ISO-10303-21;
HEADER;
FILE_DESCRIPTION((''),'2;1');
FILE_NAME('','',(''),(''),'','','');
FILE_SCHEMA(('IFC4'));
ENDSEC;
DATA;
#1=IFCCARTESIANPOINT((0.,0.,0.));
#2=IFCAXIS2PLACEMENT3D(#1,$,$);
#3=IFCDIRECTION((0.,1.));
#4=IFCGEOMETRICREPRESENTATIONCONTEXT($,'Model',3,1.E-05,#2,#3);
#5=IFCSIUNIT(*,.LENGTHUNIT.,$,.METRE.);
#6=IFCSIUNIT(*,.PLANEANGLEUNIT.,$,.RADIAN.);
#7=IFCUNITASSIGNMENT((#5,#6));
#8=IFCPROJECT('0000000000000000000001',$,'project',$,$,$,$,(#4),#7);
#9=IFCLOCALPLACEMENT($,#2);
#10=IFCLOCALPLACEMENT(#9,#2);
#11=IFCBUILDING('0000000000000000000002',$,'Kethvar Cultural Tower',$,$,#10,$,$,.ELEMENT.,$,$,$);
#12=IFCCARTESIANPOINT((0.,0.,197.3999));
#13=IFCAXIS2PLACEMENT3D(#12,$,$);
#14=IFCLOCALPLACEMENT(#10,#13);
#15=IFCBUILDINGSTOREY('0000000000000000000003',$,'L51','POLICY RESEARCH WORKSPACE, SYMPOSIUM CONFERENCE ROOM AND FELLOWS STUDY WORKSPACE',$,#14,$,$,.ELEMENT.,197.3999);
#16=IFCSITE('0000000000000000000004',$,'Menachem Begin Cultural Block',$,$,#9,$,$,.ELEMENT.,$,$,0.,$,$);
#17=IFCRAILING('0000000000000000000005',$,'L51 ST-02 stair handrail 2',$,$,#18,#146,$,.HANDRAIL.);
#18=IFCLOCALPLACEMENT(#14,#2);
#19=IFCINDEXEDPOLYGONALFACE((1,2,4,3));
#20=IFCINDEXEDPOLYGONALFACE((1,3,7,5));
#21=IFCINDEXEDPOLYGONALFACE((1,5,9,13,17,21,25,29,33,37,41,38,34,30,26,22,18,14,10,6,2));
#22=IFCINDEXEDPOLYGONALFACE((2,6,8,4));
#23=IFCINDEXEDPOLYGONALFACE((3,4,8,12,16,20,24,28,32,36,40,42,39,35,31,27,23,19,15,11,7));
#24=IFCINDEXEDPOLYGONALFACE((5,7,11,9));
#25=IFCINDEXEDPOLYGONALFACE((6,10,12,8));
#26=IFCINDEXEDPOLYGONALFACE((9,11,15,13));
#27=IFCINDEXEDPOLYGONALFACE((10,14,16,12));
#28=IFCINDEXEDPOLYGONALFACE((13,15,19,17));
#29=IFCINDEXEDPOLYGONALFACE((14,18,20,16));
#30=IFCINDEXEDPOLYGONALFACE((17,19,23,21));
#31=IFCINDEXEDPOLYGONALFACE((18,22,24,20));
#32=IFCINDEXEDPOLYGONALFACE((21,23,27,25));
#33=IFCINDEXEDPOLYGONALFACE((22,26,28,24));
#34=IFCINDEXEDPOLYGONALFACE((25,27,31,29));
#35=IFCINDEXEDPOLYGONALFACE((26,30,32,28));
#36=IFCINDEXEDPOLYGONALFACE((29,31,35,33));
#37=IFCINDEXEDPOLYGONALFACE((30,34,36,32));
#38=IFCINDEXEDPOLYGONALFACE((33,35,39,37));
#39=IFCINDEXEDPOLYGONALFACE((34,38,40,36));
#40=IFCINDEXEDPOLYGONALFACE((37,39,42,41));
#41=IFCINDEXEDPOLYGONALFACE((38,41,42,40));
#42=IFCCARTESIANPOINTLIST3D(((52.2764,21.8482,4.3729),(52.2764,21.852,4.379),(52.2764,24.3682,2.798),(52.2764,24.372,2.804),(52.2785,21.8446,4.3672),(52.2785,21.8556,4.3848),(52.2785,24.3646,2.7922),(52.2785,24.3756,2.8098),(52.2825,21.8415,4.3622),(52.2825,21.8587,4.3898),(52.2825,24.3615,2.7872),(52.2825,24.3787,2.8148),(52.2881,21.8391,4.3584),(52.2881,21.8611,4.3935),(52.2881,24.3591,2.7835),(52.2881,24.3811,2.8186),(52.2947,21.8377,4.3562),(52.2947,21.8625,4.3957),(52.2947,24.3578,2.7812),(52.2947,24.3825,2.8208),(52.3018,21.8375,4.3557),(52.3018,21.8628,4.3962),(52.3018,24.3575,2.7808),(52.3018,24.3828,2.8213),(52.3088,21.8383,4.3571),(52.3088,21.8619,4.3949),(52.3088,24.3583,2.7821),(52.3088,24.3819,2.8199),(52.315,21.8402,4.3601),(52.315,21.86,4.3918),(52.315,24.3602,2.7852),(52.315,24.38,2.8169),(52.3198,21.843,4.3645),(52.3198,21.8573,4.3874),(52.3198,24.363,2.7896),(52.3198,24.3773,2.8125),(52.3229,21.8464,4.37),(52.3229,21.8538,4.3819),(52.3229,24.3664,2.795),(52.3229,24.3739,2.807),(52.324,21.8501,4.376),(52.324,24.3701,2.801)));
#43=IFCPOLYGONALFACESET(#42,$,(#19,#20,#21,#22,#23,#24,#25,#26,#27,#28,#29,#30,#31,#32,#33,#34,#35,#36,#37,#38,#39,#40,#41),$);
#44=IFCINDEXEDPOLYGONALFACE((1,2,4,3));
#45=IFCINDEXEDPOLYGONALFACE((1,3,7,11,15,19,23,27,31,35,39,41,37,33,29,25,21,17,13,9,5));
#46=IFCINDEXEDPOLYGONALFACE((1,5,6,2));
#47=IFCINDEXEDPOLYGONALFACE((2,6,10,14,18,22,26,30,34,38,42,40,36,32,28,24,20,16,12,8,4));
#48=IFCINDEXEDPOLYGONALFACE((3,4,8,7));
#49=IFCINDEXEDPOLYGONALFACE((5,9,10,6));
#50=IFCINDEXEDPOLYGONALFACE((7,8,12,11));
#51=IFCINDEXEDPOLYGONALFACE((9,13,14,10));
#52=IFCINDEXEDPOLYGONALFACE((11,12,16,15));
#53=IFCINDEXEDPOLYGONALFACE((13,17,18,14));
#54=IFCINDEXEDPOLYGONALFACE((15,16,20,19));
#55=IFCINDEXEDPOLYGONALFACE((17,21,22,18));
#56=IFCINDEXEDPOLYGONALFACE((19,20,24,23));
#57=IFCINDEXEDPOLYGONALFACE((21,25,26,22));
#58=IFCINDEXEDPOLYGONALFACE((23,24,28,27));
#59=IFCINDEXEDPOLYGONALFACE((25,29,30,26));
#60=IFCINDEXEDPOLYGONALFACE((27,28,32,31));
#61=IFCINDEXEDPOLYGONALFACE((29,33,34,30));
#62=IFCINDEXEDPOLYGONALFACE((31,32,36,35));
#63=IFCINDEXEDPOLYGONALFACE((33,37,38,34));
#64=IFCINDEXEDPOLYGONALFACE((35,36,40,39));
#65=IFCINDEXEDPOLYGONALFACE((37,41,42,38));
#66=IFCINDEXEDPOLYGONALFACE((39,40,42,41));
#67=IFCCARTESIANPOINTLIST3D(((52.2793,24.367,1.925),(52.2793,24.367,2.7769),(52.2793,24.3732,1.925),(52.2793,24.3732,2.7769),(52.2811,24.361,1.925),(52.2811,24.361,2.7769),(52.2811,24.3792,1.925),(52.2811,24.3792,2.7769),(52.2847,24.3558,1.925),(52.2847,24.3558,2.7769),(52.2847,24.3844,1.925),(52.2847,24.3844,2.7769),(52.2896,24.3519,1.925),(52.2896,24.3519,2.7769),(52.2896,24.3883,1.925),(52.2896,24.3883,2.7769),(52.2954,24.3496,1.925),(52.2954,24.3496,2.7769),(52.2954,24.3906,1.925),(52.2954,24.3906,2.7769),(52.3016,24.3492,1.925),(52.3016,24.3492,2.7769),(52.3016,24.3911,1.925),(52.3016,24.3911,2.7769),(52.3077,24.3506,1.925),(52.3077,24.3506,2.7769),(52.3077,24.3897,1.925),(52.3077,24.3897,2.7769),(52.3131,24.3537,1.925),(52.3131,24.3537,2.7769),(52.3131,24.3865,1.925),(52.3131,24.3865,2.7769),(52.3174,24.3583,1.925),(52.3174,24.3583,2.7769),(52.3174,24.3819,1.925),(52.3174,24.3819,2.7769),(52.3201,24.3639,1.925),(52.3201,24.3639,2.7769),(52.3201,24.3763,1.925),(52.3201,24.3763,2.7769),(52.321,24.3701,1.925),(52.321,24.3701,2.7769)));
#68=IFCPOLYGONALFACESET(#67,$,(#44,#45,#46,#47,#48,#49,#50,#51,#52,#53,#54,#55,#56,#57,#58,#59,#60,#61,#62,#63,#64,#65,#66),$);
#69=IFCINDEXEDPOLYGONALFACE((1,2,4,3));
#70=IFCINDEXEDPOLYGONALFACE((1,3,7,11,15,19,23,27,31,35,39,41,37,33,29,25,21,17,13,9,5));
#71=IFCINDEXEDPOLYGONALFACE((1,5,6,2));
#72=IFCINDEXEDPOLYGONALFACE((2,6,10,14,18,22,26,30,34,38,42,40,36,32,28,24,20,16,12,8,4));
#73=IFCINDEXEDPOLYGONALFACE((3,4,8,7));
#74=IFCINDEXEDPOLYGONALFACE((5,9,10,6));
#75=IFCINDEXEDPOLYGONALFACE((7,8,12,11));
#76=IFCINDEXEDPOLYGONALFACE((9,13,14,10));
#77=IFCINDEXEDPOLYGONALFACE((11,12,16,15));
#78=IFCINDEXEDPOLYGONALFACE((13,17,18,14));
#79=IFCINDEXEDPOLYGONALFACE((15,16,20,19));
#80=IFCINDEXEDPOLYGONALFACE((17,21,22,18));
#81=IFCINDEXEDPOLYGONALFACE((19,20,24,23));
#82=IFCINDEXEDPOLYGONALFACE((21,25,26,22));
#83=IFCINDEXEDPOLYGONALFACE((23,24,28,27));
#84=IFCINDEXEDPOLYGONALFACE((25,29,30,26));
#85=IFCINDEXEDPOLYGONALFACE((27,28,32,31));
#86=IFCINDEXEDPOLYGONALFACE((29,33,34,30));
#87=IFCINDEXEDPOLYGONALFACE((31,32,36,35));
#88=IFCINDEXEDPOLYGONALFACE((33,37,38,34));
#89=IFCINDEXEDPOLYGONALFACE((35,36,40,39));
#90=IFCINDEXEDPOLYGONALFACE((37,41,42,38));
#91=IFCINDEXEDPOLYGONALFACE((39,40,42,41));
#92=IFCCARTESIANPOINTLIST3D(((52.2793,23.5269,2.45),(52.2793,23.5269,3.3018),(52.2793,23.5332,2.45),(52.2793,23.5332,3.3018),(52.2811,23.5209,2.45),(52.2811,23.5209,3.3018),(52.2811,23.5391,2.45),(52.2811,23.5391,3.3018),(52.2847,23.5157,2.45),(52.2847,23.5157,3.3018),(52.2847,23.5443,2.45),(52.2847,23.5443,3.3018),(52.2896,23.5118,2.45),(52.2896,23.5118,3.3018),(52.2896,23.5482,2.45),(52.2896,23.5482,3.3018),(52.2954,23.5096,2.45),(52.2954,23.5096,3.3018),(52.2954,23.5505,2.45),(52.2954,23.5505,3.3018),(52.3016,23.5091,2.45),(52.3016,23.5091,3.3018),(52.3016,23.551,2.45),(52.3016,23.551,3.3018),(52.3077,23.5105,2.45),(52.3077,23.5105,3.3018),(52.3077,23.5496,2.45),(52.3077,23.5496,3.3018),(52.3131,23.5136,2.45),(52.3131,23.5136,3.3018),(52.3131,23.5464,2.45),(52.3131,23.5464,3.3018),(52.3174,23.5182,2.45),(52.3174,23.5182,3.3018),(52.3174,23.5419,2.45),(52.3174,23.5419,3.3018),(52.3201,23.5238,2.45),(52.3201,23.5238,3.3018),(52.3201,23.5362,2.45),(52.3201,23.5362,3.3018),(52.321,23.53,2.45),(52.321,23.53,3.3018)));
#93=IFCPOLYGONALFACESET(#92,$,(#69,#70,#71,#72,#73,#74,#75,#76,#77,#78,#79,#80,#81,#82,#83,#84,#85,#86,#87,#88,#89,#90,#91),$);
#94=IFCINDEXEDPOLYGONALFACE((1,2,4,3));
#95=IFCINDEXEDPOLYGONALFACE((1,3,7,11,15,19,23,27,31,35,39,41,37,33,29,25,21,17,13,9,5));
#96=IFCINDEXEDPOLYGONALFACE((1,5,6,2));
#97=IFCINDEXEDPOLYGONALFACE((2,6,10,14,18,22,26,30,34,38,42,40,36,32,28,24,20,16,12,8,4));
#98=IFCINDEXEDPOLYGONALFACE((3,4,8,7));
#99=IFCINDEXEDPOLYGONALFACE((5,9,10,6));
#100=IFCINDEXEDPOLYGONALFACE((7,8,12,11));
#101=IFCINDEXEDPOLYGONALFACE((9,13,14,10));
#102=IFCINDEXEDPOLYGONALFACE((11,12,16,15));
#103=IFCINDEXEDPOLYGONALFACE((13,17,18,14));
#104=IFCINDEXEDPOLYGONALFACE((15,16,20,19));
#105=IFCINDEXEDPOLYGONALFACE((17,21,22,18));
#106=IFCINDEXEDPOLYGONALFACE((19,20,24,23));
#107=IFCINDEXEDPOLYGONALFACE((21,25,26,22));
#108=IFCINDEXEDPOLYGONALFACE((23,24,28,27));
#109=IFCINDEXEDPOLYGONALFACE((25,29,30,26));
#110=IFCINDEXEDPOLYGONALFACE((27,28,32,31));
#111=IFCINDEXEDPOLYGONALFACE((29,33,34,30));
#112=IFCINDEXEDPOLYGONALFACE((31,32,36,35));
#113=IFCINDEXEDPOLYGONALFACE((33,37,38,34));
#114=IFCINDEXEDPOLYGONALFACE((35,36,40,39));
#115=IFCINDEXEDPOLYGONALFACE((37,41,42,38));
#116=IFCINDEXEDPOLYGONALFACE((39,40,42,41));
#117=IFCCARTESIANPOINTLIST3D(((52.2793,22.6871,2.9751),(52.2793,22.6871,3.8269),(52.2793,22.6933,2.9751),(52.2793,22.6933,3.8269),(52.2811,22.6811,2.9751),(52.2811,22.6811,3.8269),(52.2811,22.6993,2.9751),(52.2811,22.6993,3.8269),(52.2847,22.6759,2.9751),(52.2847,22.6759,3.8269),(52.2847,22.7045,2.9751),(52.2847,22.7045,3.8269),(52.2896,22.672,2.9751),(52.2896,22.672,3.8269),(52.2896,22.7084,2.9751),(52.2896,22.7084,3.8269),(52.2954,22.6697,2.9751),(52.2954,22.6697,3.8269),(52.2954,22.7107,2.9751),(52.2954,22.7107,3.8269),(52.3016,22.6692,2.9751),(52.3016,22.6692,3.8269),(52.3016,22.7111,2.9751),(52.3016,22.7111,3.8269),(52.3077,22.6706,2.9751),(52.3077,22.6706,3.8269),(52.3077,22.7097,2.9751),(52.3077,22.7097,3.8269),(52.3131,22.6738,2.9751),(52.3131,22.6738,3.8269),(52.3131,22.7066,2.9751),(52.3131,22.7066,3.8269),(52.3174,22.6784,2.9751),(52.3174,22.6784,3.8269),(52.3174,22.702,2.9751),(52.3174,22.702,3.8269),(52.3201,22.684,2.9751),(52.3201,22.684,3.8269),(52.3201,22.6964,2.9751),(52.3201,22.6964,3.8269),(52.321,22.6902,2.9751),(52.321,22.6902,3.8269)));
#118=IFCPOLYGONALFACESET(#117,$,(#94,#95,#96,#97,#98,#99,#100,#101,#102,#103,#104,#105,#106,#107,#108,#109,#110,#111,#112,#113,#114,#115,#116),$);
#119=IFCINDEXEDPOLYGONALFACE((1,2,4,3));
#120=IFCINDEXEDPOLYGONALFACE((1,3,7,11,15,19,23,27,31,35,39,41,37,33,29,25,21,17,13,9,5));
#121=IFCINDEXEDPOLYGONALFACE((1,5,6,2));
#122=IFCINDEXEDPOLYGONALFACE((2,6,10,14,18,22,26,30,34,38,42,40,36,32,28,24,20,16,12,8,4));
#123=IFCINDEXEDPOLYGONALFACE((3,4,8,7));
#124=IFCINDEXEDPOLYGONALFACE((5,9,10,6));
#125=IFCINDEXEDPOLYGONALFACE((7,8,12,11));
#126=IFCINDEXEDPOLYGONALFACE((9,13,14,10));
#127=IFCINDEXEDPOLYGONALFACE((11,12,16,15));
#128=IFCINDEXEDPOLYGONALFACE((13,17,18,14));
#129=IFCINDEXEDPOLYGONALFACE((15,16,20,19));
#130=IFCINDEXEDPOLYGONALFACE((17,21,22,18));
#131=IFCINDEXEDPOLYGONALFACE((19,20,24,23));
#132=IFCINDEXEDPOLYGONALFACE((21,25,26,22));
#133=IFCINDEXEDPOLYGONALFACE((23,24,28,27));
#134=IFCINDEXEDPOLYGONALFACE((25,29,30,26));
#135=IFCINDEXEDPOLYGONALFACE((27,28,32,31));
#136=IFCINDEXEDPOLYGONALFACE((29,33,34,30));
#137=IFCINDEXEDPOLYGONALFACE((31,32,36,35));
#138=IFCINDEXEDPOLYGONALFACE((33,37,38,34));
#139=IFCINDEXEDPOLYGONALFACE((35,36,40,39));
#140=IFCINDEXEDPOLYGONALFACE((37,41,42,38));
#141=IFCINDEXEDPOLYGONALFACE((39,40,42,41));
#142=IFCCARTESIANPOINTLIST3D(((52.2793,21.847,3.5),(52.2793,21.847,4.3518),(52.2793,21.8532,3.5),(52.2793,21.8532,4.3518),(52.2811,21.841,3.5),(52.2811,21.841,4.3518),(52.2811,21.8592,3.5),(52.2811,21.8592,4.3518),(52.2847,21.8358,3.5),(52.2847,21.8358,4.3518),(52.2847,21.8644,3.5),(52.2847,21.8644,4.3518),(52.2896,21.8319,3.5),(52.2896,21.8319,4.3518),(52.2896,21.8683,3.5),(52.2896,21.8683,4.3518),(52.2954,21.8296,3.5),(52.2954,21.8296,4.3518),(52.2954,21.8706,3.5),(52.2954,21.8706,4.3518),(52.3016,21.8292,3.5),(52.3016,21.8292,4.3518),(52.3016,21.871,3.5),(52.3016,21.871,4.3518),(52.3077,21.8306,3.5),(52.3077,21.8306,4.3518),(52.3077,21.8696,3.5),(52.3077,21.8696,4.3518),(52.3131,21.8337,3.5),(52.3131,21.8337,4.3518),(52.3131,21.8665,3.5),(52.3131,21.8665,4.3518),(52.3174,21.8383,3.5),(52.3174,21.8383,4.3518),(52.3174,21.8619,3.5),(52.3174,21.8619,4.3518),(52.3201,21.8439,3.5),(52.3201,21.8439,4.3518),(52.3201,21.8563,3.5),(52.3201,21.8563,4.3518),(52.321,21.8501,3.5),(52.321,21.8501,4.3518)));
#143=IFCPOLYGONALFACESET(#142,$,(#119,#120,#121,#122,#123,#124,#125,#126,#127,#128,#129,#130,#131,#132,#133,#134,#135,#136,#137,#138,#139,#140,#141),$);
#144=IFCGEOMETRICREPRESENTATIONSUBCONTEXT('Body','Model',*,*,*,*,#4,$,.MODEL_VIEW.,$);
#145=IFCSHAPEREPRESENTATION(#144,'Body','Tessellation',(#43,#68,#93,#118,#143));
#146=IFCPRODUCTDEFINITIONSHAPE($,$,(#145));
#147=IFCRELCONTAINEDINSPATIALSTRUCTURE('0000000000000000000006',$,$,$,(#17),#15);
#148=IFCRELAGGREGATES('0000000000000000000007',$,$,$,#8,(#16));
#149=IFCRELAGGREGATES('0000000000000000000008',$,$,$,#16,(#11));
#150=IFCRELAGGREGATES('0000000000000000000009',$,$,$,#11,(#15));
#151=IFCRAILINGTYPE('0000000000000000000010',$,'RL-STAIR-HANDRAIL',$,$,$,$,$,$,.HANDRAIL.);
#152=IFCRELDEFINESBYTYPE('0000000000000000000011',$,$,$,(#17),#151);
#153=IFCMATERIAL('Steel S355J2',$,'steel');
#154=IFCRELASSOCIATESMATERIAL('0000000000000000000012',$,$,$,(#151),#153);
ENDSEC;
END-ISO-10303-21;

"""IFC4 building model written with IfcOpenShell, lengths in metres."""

from ifc_helpers import new_model, si_unit, direction, frame, origin, origin_2d, place, context, subcontext, project, spatial, circle, extrude, material, type_object, element, save


model = new_model("IFC4")

# Units and contexts
model_context = context("Model", 3, precision=1e-05, world=origin(), true_north=direction((0.0, 1.0)))
body_context = subcontext(model_context, "Body", "Model", "MODEL_VIEW")
ifc_project = project(units=[si_unit("LENGTHUNIT", "METRE"), si_unit("PLANEANGLEUNIT", "RADIAN")], contexts=[model_context])

# Site, building, storey
site_placement = place(None, origin())
site = spatial("IfcSite", under=ifc_project, at=site_placement, Name="Menachem Begin Cultural Block", CompositionType="ELEMENT", RefElevation=0.0)
building_placement = place(site_placement, origin())
building = spatial("IfcBuilding", under=site, at=building_placement, Name="Kethvar Cultural Tower", CompositionType="ELEMENT")
storey_placement = place(building_placement, frame((0.0, 0.0, 197.3999)))
storey = spatial("IfcBuildingStorey", under=building, at=storey_placement, Name="L51", Description="POLICY RESEARCH WORKSPACE, SYMPOSIUM CONFERENCE ROOM AND FELLOWS STUDY WORKSPACE", CompositionType="ELEMENT", Elevation=197.3999)

# Shared definitions
ifc_material_1 = material(Name="Steel S355J2", Category="steel")

# Railing
railing_type_1 = type_object("IfcRailingType", Name="RL-STAIR-HANDRAIL", PredefinedType="HANDRAIL", material=ifc_material_1)
railing_1_placement = place(storey_placement, frame((52.3, 24.3701, 1.925)))
element("IfcRailing", 1, at=railing_1_placement, inside=storey, type_object=railing_type_1, Name="L51 ST-02 stair handrail 2", PredefinedType="HANDRAIL", context=body_context, shape_type="SweptSolid", body=[
    extrude(circle(Radius=0.0239, at=origin_2d()), frame((0.0, 0.0, 0.876), z_axis=(0.0, -0.848008, 0.529984), x_axis=(1.0, 0.0, 0.0)), (0.0, 0.0, 1.0), 2.9717),
    extrude(circle(Radius=0.021, at=origin_2d()), origin(), (0.0, 0.0, 1.0), 0.8518),
    extrude(circle(Radius=0.021, at=origin_2d()), frame((0.0, -0.8401, 0.5249)), (0.0, 0.0, 1.0), 0.8518),
    extrude(circle(Radius=0.021, at=origin_2d()), frame((0.0, -1.6799, 1.05)), (0.0, 0.0, 1.0), 0.8518),
    extrude(circle(Radius=0.021, at=origin_2d()), frame((0.0, -2.52, 1.575)), (0.0, 0.0, 1.0), 0.8518),
])

save(model, "model.ifc")
